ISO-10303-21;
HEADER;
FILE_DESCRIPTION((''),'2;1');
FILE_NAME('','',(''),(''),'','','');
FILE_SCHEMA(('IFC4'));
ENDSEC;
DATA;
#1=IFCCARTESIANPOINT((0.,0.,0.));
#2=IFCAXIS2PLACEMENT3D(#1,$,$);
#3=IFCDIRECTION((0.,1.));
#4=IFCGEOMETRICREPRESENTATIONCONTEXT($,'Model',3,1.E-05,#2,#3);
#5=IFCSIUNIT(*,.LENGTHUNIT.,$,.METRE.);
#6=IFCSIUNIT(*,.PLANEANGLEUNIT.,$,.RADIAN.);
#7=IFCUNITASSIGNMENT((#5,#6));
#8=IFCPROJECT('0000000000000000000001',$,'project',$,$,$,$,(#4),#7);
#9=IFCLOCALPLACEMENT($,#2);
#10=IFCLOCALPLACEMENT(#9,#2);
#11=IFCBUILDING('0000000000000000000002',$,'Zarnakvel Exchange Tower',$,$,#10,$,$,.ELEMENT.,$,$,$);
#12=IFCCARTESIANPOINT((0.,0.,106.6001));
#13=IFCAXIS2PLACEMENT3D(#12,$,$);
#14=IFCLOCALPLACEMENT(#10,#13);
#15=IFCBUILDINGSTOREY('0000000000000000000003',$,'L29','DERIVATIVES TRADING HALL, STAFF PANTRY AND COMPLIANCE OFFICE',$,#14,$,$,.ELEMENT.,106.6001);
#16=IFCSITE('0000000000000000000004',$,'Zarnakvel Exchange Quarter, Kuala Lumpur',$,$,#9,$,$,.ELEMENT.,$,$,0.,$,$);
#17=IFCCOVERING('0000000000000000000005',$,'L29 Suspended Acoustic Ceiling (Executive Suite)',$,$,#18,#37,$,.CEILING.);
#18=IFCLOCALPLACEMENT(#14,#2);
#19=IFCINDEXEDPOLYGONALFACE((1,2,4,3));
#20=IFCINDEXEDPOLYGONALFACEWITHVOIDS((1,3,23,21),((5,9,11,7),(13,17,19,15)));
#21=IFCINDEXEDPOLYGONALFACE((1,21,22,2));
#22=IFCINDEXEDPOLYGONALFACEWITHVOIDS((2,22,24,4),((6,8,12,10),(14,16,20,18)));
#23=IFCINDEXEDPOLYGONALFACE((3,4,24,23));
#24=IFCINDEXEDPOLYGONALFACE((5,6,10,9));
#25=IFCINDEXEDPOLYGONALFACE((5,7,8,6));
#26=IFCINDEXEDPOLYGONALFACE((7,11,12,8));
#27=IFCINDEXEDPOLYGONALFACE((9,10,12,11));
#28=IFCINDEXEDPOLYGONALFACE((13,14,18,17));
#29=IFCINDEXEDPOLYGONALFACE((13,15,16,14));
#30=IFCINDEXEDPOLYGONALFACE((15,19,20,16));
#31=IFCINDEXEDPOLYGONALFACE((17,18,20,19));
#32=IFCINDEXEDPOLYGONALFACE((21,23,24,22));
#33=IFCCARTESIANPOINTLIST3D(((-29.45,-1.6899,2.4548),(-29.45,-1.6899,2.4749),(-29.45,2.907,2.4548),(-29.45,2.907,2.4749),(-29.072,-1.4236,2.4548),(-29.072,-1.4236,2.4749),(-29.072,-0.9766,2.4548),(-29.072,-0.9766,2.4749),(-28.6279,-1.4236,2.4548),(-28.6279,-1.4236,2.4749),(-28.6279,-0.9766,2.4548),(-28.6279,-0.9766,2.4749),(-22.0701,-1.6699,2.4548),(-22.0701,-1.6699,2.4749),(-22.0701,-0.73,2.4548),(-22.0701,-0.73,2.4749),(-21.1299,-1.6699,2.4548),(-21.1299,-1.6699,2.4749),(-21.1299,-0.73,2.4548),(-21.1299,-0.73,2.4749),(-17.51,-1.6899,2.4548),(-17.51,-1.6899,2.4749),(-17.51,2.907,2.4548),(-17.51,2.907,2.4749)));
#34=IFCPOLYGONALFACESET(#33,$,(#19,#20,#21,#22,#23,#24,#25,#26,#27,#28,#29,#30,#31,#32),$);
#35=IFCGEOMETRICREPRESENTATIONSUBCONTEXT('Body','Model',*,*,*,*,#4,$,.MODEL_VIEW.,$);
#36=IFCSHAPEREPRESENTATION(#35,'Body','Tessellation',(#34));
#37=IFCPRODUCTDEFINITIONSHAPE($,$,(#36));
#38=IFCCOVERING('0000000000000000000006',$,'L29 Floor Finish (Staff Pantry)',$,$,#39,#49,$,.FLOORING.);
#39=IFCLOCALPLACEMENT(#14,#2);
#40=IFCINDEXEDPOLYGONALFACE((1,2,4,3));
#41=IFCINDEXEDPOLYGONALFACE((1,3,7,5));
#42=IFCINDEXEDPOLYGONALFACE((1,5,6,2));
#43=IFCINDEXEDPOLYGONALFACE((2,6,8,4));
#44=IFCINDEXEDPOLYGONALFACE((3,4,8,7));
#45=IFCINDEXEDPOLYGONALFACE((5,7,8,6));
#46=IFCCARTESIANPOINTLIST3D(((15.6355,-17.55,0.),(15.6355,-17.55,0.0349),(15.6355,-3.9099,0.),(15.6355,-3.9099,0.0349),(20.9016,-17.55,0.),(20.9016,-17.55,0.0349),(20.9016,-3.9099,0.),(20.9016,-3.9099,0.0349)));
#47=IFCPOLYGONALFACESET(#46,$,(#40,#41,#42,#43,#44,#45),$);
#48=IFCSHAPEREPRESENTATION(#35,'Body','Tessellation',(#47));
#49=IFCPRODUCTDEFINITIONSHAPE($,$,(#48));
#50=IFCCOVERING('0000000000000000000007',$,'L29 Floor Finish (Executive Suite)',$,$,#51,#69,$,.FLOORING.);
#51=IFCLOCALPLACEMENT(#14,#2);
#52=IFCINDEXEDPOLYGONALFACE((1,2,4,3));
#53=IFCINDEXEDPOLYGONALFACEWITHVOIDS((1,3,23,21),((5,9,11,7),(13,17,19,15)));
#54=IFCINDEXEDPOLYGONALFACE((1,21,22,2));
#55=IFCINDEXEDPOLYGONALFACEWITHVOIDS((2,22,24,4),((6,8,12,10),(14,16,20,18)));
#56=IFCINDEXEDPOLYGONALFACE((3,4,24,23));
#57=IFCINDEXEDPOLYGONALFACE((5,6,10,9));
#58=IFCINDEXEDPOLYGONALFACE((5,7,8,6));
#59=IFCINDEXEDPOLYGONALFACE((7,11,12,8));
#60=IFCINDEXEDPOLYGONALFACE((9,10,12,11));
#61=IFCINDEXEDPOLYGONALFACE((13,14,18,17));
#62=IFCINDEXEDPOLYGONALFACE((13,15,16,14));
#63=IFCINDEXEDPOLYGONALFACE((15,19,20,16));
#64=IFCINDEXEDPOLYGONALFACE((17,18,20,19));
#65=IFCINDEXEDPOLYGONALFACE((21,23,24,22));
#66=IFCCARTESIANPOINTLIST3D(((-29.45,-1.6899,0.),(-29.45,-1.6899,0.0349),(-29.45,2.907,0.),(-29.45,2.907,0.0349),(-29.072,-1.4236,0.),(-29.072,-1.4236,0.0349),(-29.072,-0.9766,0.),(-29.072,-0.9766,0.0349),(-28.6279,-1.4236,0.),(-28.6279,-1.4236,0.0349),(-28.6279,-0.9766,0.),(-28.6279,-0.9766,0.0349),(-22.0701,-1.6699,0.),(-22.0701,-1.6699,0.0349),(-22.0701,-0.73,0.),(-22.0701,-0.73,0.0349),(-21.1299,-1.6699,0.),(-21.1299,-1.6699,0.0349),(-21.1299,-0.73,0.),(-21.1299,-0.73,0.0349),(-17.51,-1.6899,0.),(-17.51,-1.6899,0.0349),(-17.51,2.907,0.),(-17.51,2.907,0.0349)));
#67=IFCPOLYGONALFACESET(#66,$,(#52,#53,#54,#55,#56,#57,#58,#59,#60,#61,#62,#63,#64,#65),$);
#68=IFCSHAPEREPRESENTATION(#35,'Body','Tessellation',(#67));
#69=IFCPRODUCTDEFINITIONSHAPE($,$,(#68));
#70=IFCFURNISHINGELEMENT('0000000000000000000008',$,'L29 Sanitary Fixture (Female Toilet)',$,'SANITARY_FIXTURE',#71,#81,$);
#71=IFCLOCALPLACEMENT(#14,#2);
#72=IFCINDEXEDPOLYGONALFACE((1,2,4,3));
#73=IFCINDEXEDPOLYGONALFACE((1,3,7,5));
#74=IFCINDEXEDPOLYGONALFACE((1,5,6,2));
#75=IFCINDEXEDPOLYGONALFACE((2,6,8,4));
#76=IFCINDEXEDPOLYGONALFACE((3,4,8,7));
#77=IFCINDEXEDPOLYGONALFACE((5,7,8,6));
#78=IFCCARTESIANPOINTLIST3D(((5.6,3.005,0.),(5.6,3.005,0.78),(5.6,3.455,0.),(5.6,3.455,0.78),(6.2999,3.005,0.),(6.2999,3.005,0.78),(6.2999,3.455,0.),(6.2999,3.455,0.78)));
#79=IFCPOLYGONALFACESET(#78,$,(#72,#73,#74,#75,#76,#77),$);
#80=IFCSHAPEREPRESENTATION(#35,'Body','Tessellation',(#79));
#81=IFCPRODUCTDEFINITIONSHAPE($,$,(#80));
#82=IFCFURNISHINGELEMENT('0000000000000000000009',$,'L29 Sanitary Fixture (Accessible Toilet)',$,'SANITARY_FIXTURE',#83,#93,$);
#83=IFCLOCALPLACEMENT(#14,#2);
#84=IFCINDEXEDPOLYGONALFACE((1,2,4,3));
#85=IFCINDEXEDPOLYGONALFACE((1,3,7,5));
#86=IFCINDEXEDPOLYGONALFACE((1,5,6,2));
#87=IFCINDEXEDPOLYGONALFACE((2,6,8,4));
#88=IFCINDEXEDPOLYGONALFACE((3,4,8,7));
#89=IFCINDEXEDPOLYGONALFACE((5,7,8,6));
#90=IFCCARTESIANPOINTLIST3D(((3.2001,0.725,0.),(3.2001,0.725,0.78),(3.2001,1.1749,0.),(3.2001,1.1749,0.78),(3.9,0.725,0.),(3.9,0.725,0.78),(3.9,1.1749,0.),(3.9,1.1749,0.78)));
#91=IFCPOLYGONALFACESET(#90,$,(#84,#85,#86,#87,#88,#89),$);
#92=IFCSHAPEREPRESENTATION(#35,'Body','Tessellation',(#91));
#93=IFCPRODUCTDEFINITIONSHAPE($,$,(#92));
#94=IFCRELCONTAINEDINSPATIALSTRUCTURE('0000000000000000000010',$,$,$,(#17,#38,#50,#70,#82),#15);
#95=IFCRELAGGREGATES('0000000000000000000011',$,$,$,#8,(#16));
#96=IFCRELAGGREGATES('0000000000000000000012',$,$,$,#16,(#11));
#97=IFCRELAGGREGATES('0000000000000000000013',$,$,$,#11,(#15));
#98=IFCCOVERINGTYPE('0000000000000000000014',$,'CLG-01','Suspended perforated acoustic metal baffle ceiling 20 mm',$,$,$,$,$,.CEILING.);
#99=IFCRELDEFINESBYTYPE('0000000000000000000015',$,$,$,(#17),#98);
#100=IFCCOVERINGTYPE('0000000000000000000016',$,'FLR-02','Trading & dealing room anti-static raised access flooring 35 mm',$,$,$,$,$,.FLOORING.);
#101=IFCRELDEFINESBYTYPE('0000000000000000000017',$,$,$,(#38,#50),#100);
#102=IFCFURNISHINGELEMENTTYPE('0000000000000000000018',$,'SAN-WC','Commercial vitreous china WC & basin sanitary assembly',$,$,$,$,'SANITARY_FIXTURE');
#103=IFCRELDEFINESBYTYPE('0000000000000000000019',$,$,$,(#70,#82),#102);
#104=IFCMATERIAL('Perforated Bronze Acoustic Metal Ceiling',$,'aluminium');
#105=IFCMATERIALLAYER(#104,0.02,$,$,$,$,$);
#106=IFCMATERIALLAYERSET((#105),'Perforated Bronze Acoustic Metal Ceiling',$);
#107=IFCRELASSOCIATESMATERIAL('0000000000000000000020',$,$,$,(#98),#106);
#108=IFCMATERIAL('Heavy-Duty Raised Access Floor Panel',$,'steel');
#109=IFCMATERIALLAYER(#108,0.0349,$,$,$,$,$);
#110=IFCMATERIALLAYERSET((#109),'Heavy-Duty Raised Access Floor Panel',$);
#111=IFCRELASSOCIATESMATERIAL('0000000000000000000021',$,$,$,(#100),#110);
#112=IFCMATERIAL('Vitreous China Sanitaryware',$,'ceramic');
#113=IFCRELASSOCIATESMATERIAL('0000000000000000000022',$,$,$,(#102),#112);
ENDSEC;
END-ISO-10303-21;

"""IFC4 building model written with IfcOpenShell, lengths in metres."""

from ifc_helpers import new_model, si_unit, direction, frame, origin, origin_2d, place, context, subcontext, project, spatial, polyline, rectangle, outline, extrude, source, transform, mapped, material, layer, layer_set, type_object, element, save


model = new_model("IFC4")

# Units and contexts
model_context = context("Model", 3, precision=1e-05, world=origin(), true_north=direction((0.0, 1.0)))
body_context = subcontext(model_context, "Body", "Model", "MODEL_VIEW")
ifc_project = project(units=[si_unit("LENGTHUNIT", "METRE"), si_unit("PLANEANGLEUNIT", "RADIAN")], contexts=[model_context])

# Site, building, storey
site_placement = place(None, origin())
site = spatial("IfcSite", under=ifc_project, at=site_placement, Name="Zarnakvel Exchange Quarter, Kuala Lumpur", CompositionType="ELEMENT", RefElevation=0.0)
building_placement = place(site_placement, origin())
building = spatial("IfcBuilding", under=site, at=building_placement, Name="Zarnakvel Exchange Tower", CompositionType="ELEMENT")
storey_placement = place(building_placement, frame((0.0, 0.0, 106.6001)))
storey = spatial("IfcBuildingStorey", under=building, at=storey_placement, Name="L29", Description="DERIVATIVES TRADING HALL, STAFF PANTRY AND COMPLIANCE OFFICE", CompositionType="ELEMENT", Elevation=106.6001)

# Coverings
ifc_material_1 = material(Name="Perforated Bronze Acoustic Metal Ceiling", Category="aluminium")
ifc_layer_1 = layer(ifc_material_1, 0.02)
ifc_layer_set_1 = layer_set([ifc_layer_1], Name="Perforated Bronze Acoustic Metal Ceiling")
covering_type_1 = type_object("IfcCoveringType", Name="CLG-01", Description="Suspended perforated acoustic metal baffle ceiling 20 mm", PredefinedType="CEILING", material=ifc_layer_set_1)
covering_1_placement = place(storey_placement, frame((0.0, 0.0, 2.4548)))
element("IfcCovering", 1, at=covering_1_placement, inside=storey, type_object=covering_type_1, Name="L29 Suspended Acoustic Ceiling (Executive Suite)", PredefinedType="CEILING", context=body_context, shape_type="SweptSolid", body=[
    extrude(outline(polyline([(-29.45, 2.907), (-17.51, 2.907), (-17.51, -1.6899), (-29.45, -1.6899), (-29.45, 2.907)]), holes=[polyline([(-21.1299, -1.6699), (-21.1299, -0.73), (-22.0701, -0.73), (-22.0701, -1.6699), (-21.1299, -1.6699)]), polyline([(-28.6279, -1.4236), (-28.6279, -0.9766), (-29.072, -0.9766), (-29.072, -1.4236), (-28.6279, -1.4236)])]), origin(), (0.0, 0.0, 1.0), 0.02),
])
ifc_material_2 = material(Name="Heavy-Duty Raised Access Floor Panel", Category="steel")
ifc_layer_2 = layer(ifc_material_2, 0.0349)
ifc_layer_set_2 = layer_set([ifc_layer_2], Name="Heavy-Duty Raised Access Floor Panel")
covering_type_2 = type_object("IfcCoveringType", Name="FLR-02", Description="Trading & dealing room anti-static raised access flooring 35 mm", PredefinedType="FLOORING", material=ifc_layer_set_2)
covering_2_placement = place(storey_placement, origin())
element("IfcCovering", 2, at=covering_2_placement, inside=storey, type_object=covering_type_2, Name="L29 Floor Finish (Staff Pantry)", PredefinedType="FLOORING", context=body_context, shape_type="SweptSolid", body=[
    extrude(outline(polyline([(15.6355, -3.9099), (20.9016, -3.9099), (20.9016, -17.55), (15.6355, -17.55), (15.6355, -3.9099)])), origin(), (0.0, 0.0, 1.0), 0.0349),
])
covering_3_placement = place(storey_placement, origin())
element("IfcCovering", 3, at=covering_3_placement, inside=storey, type_object=covering_type_2, Name="L29 Floor Finish (Executive Suite)", PredefinedType="FLOORING", context=body_context, shape_type="SweptSolid", body=[
    extrude(outline(polyline([(-29.45, 2.907), (-17.51, 2.907), (-17.51, -1.6899), (-29.45, -1.6899), (-29.45, 2.907)]), holes=[polyline([(-21.1299, -1.6699), (-21.1299, -0.73), (-22.0701, -0.73), (-22.0701, -1.6699), (-21.1299, -1.6699)]), polyline([(-28.6279, -1.4236), (-28.6279, -0.9766), (-29.072, -0.9766), (-29.072, -1.4236), (-28.6279, -1.4236)])]), origin(), (0.0, 0.0, 1.0), 0.0349),
])

# Furnishing elements
ifc_material_3 = material(Name="Vitreous China Sanitaryware", Category="ceramic")
furnishing_element_type = type_object("IfcFurnishingElementType", Name="SAN-WC", Description="Commercial vitreous china WC & basin sanitary assembly", ElementType="SANITARY_FIXTURE", material=ifc_material_3)
shared_shape_1 = source(origin(), body_context, "Body", "SweptSolid", [
    extrude(rectangle(XDim=0.7, YDim=0.45, at=origin_2d()), origin(), (0.0, 0.0, 1.0), 0.78),
])
for number, where, z_axis, x_axis, name in (
    (4, (5.95, 3.23, 0.0), (0.0, 0.0, 1.0), (1.0, 0.0, 0.0), "L29 Sanitary Fixture (Female Toilet)"),
    (5, (3.55, 0.95, 0.0), (0.0, 0.0, 1.0), (1.0, 0.0, 0.0), "L29 Sanitary Fixture (Accessible Toilet)"),
):
    element("IfcFurnishingElement", number, at=place(storey_placement, frame(where, z_axis=z_axis, x_axis=x_axis)), inside=storey, type_object=furnishing_element_type, Name=name, ObjectType="SANITARY_FIXTURE", context=body_context, shape_type="MappedRepresentation", body=[
        mapped(shared_shape_1, transform((0.0, 0.0, 0.0), x_axis=(1.0, 0.0, 0.0), y_axis=(0.0, 1.0, 0.0), z_axis=(0.0, 0.0, 1.0), scale=1.0)),
    ])

save(model, "model.ifc")
